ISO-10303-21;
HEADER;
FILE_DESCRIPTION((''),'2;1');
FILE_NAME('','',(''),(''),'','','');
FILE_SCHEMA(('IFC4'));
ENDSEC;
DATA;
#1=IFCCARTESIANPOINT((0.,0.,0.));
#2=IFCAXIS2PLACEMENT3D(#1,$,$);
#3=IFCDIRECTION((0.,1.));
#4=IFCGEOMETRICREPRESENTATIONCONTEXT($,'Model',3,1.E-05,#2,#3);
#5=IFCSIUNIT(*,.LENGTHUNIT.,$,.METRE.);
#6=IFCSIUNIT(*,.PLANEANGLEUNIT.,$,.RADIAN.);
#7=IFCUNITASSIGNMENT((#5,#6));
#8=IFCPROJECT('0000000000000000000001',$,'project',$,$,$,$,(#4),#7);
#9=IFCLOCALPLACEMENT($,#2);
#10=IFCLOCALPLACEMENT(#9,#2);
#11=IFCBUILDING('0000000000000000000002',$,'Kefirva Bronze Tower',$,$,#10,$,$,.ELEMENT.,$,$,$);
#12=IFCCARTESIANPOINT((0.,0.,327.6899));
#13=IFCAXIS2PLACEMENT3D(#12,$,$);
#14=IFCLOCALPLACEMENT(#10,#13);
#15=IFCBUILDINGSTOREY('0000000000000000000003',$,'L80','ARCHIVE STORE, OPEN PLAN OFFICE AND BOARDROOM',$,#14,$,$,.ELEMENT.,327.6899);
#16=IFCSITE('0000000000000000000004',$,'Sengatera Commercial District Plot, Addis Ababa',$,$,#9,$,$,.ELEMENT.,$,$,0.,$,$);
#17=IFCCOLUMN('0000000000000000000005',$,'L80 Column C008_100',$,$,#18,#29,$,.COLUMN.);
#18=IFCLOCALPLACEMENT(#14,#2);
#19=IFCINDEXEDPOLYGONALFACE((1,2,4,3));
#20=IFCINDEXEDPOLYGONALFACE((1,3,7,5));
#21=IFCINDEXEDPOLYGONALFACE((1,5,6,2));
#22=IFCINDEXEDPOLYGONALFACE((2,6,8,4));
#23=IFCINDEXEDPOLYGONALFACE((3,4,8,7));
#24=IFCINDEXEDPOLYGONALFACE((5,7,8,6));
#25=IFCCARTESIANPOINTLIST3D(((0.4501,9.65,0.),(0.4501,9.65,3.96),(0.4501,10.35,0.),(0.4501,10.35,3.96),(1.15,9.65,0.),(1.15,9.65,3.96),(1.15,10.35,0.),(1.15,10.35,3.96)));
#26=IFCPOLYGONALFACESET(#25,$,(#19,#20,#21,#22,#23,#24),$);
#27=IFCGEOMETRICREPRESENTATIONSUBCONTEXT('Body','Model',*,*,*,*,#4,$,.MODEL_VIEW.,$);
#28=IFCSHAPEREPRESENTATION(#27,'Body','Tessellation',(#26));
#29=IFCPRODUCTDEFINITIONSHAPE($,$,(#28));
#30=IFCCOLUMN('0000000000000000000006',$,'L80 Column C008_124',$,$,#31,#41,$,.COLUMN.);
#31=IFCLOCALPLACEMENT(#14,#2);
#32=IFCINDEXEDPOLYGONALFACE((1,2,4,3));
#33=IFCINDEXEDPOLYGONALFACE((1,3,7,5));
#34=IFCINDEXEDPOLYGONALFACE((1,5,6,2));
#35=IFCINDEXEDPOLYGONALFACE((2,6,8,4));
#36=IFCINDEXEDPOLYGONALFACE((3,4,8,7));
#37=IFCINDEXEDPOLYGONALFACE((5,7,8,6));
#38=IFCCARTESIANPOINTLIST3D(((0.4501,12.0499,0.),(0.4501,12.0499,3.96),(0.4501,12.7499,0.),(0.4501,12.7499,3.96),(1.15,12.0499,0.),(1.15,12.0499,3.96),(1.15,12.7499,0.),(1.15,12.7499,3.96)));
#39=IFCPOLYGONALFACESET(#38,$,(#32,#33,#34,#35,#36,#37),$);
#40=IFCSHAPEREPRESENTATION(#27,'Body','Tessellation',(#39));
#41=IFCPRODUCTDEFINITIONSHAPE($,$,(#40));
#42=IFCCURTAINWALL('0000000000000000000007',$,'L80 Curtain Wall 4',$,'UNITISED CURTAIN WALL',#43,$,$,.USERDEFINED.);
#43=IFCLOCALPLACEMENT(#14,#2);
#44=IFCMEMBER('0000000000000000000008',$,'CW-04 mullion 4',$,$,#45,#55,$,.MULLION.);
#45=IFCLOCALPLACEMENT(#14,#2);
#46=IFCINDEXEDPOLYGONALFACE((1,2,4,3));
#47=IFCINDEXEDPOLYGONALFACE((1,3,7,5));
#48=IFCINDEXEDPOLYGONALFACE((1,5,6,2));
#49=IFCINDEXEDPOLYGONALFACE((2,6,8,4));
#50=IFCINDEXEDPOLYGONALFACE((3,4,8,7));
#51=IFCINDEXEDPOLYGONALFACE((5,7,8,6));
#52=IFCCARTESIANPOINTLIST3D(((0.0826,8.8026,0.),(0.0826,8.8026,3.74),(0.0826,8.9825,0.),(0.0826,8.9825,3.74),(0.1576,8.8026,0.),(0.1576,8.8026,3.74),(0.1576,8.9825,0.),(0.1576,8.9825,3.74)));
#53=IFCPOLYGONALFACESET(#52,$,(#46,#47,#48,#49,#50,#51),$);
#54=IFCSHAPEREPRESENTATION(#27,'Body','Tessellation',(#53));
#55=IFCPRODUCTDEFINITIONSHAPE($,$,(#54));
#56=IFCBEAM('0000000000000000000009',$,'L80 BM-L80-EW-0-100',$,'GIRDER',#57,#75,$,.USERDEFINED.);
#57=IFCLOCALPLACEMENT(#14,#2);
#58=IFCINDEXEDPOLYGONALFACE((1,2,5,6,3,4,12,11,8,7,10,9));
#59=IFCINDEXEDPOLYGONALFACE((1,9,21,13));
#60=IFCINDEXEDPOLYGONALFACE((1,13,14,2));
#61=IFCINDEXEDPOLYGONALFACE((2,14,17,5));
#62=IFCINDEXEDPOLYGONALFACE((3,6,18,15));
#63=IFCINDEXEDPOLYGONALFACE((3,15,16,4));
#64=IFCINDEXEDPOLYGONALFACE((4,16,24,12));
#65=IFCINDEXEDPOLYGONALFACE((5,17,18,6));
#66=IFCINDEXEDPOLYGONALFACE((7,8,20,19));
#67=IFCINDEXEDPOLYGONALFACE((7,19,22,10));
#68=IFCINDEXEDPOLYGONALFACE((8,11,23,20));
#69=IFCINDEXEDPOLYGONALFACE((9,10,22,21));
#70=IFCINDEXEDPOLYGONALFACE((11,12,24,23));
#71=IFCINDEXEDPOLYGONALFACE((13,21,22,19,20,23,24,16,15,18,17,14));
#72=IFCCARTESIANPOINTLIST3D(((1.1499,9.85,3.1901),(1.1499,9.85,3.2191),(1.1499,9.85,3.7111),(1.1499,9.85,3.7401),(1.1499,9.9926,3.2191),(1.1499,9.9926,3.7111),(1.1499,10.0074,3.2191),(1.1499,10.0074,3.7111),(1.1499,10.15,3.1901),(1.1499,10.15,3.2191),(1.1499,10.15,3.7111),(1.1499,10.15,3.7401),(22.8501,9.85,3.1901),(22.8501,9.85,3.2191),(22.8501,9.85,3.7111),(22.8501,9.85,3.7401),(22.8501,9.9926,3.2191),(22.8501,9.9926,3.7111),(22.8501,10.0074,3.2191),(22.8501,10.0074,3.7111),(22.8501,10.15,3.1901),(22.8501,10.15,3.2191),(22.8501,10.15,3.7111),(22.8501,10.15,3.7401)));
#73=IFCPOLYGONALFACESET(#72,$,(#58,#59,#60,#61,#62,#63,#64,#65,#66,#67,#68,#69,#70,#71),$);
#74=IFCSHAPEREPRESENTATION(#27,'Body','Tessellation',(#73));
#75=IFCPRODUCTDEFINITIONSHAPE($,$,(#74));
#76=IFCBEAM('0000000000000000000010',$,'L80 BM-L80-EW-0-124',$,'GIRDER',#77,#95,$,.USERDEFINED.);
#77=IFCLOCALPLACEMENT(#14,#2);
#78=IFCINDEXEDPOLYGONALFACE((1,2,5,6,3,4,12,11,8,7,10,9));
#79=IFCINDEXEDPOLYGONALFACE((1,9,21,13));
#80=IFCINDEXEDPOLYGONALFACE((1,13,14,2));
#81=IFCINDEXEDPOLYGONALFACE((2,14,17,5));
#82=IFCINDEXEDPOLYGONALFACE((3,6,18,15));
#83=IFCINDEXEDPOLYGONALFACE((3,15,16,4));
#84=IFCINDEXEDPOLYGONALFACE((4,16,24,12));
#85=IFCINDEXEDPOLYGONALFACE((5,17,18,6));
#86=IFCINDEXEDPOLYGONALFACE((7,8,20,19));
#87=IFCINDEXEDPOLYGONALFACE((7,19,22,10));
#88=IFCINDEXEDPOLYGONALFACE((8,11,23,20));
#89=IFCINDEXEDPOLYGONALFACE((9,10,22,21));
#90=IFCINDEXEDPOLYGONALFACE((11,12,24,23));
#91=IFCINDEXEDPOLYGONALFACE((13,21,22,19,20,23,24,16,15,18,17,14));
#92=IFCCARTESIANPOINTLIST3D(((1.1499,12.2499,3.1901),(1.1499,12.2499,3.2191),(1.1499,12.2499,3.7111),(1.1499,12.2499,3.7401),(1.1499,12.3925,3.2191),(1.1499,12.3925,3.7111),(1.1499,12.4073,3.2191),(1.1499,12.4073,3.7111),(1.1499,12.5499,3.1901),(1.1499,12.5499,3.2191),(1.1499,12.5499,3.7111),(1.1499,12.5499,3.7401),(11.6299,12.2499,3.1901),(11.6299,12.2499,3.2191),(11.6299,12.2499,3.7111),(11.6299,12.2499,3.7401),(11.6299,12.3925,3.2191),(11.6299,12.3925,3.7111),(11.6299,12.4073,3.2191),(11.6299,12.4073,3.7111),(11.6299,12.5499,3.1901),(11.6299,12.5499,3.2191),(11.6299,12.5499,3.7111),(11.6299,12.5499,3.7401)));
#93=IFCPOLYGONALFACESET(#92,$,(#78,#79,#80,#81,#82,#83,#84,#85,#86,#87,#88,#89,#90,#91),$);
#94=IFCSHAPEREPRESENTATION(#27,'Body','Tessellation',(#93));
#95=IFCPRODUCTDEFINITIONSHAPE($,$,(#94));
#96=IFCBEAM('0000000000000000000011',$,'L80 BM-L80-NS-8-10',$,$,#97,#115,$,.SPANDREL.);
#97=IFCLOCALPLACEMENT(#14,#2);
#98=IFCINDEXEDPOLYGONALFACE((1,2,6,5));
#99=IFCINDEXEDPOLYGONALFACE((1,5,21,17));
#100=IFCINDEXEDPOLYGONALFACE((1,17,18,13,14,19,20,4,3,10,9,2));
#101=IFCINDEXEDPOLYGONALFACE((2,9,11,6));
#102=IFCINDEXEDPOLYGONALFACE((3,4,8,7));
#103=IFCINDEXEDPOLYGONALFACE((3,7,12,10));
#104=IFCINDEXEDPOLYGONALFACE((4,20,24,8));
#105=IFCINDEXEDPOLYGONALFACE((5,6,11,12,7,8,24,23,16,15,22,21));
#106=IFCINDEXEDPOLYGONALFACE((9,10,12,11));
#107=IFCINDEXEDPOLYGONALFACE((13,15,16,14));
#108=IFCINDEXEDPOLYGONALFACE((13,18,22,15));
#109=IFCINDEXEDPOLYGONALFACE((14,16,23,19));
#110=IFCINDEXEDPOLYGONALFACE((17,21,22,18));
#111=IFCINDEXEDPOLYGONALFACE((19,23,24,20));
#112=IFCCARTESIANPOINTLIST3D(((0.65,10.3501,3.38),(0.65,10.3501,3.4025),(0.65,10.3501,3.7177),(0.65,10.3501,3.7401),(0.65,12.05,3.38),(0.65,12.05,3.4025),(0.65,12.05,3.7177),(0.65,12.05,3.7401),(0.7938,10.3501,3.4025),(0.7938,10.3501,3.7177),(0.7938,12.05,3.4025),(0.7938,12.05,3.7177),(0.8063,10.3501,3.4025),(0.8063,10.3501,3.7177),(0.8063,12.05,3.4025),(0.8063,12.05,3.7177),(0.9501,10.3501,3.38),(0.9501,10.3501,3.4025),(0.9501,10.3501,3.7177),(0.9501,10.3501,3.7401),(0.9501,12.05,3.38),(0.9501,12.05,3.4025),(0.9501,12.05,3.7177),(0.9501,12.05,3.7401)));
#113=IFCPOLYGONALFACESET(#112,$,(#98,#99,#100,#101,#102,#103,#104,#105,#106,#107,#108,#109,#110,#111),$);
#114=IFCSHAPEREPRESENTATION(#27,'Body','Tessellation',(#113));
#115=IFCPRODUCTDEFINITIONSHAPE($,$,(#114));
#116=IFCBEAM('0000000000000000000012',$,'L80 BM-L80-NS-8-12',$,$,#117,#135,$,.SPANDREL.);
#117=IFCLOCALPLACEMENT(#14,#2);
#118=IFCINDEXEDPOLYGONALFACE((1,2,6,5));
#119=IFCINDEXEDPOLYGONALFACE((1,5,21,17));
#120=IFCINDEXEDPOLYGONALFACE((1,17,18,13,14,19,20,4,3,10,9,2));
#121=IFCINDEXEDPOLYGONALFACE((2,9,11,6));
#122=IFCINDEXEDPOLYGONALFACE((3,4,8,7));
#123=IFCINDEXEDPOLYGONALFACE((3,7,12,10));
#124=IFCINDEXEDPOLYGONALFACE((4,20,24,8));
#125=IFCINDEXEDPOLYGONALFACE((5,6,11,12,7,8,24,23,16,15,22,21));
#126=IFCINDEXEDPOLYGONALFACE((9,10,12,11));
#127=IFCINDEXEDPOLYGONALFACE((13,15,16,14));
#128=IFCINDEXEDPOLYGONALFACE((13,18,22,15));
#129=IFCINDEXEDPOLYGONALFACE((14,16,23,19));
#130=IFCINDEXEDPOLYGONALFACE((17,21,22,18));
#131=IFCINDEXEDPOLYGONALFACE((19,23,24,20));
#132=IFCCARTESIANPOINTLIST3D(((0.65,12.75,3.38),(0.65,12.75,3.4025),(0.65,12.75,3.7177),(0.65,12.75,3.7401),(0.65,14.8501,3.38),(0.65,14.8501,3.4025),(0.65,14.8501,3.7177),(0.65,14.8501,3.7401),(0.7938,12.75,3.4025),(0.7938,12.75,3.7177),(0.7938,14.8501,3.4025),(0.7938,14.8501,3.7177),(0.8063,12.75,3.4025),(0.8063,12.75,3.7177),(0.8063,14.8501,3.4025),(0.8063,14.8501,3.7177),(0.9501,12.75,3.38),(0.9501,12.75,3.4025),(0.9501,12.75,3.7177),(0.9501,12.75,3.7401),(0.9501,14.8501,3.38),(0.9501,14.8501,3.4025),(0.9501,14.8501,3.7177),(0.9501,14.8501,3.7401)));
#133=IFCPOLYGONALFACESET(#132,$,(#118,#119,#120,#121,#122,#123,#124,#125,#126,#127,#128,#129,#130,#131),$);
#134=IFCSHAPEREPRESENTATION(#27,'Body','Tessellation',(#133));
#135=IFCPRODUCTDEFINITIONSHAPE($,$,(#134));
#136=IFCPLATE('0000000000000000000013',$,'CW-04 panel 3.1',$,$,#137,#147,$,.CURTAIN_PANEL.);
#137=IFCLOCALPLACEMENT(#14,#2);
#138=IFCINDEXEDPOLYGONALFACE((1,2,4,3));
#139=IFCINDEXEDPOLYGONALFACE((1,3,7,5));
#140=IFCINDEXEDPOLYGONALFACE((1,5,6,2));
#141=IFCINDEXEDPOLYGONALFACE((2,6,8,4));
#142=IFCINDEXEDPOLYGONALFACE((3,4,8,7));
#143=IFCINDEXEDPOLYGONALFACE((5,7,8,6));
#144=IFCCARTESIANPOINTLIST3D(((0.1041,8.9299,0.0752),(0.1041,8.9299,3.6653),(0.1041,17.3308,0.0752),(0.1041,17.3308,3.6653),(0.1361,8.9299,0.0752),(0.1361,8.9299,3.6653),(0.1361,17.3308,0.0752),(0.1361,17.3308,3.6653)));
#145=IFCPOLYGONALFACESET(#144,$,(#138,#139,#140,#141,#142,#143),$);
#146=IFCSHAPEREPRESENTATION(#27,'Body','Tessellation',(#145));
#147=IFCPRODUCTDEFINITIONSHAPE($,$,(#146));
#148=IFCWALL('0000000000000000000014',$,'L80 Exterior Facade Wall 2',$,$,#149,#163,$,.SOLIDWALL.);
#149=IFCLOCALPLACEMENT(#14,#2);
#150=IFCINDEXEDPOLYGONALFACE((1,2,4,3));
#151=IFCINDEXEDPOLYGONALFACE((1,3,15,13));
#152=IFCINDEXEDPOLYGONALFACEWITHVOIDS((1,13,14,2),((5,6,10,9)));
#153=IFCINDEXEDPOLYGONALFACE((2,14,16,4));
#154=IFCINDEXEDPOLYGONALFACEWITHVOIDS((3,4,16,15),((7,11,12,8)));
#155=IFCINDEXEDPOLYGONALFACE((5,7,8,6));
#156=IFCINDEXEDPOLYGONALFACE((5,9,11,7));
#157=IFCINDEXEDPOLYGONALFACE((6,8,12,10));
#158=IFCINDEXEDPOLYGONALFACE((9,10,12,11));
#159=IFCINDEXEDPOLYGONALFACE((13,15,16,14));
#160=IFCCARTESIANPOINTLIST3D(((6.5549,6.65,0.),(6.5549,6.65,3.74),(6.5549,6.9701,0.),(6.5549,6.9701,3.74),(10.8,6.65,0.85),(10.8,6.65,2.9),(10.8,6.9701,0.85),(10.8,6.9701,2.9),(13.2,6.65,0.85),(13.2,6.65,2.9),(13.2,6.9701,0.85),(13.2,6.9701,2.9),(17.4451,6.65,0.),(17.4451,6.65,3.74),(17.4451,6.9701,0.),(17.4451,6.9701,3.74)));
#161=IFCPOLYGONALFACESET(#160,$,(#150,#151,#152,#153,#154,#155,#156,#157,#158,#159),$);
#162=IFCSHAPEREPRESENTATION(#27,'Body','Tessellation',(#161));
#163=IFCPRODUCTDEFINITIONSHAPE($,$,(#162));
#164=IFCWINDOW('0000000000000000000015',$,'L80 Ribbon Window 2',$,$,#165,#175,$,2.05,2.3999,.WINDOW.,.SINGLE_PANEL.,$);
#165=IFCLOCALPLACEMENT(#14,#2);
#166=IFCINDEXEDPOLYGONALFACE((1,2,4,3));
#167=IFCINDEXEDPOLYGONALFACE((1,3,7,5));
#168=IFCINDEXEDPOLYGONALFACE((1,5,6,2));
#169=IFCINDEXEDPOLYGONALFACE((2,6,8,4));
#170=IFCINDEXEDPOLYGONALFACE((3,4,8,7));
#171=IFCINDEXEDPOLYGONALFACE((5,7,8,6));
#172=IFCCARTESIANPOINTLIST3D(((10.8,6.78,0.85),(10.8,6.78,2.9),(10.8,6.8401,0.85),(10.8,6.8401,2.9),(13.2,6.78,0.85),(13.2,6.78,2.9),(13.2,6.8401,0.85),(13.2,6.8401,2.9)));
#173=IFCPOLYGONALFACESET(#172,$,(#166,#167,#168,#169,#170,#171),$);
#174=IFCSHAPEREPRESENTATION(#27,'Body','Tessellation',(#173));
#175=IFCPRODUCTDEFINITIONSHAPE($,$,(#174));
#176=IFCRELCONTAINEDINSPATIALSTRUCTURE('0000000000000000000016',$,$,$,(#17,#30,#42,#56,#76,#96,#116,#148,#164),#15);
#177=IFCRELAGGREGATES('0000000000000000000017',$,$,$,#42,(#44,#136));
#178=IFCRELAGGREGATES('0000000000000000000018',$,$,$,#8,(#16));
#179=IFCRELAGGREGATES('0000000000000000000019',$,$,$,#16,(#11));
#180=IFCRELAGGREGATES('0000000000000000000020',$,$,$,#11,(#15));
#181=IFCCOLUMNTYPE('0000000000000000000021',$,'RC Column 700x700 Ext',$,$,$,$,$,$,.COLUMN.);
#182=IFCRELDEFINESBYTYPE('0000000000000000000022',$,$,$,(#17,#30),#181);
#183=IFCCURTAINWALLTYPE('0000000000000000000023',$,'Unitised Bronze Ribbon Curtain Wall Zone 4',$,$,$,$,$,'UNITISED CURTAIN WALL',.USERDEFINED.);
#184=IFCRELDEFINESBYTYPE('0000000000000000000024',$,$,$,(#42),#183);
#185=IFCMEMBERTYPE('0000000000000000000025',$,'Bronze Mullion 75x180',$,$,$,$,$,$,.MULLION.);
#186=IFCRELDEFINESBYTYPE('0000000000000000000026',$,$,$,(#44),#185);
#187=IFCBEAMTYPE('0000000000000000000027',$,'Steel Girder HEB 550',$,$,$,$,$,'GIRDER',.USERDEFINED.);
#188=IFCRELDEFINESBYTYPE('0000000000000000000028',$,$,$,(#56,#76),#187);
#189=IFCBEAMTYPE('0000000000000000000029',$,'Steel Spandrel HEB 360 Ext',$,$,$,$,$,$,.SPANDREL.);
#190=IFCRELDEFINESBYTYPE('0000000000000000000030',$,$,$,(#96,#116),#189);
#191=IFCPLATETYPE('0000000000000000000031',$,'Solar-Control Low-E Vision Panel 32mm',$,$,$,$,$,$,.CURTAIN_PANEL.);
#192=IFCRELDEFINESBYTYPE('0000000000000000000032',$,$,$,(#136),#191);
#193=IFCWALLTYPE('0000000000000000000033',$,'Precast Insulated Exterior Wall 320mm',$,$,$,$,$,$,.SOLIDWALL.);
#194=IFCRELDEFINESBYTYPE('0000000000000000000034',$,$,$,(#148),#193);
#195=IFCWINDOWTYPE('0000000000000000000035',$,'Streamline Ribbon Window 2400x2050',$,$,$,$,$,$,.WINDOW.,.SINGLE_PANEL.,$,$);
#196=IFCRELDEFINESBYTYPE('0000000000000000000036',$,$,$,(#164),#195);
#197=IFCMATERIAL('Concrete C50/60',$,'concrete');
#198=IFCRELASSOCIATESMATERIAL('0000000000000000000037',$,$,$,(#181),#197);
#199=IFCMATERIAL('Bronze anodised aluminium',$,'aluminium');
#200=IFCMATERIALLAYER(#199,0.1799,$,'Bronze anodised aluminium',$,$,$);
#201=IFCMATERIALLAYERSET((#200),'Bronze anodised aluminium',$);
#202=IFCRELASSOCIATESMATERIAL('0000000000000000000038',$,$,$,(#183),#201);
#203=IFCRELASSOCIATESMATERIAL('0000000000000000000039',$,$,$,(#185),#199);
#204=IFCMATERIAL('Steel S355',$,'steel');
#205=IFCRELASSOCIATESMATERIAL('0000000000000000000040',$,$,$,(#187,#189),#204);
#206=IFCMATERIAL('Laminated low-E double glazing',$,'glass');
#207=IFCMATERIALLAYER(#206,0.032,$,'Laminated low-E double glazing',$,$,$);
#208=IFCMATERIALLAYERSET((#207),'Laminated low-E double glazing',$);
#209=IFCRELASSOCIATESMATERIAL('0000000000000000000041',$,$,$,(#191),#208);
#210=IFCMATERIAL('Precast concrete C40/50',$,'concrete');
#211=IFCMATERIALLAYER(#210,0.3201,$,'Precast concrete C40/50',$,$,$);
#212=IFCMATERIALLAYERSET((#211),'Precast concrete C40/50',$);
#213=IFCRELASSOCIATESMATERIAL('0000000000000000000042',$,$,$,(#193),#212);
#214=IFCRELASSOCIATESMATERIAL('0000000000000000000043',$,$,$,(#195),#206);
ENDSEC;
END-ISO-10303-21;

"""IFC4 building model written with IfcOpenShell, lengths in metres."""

from ifc_helpers import new_model, si_unit, direction, frame, frame_2d, origin, origin_2d, place, context, subcontext, project, spatial, rectangle, i_section, extrude, material, layer, layer_set, material_profile, profile_set, type_object, element, fill, aggregate, save


model = new_model("IFC4")

# Units and contexts
model_context = context("Model", 3, precision=1e-05, world=origin(), true_north=direction((0.0, 1.0)))
body_context = subcontext(model_context, "Body", "Model", "MODEL_VIEW")
ifc_project = project(units=[si_unit("LENGTHUNIT", "METRE"), si_unit("PLANEANGLEUNIT", "RADIAN")], contexts=[model_context])

# Site, building, storey
site_placement = place(None, origin())
site = spatial("IfcSite", under=ifc_project, at=site_placement, Name="Sengatera Commercial District Plot, Addis Ababa", CompositionType="ELEMENT", RefElevation=0.0)
building_placement = place(site_placement, origin())
building = spatial("IfcBuilding", under=site, at=building_placement, Name="Kefirva Bronze Tower", CompositionType="ELEMENT")
storey_placement = place(building_placement, frame((0.0, 0.0, 327.6899)))
storey = spatial("IfcBuildingStorey", under=building, at=storey_placement, Name="L80", Description="ARCHIVE STORE, OPEN PLAN OFFICE AND BOARDROOM", CompositionType="ELEMENT", Elevation=327.6899)

# Columns
ifc_material_1 = material(Name="Concrete C50/60", Category="concrete")
ifc_material_profile_1 = material_profile(ifc_material_1, rectangle(XDim=0.7, YDim=0.7, at=origin_2d()), Name="RC 700x700")
ifc_profile_set_1 = profile_set([ifc_material_profile_1], Name="Concrete C50/60")
column_type = type_object("IfcColumnType", Name="RC Column 700x700 Ext", PredefinedType="COLUMN", material=ifc_profile_set_1)
for number, where, z_axis, x_axis, name in (
    (1, (0.8, 10.0, 0.0), (0.0, 0.0, 1.0), (1.0, 0.0, 0.0), "L80 Column C008_100"),
    (2, (0.8, 12.3999, 0.0), (0.0, 0.0, 1.0), (1.0, 0.0, 0.0), "L80 Column C008_124"),
):
    element("IfcColumn", number, at=place(storey_placement, frame(where, z_axis=z_axis, x_axis=x_axis)), inside=storey, type_object=column_type, Name=name, PredefinedType="COLUMN", context=body_context, shape_type="SweptSolid", body=[
        extrude(rectangle(XDim=0.7, YDim=0.7, at=origin_2d()), origin(), (0.0, 0.0, 1.0), 3.96),
    ])

# Curtain wall, member
ifc_material_2 = material(Name="Bronze anodised aluminium", Category="aluminium")
ifc_layer_1 = layer(ifc_material_2, 0.1799, Name="Bronze anodised aluminium")
ifc_layer_set_1 = layer_set([ifc_layer_1], Name="Bronze anodised aluminium")
curtain_wall_type = type_object("IfcCurtainWallType", Name="Unitised Bronze Ribbon Curtain Wall Zone 4", ElementType="UNITISED CURTAIN WALL", PredefinedType="USERDEFINED", material=ifc_layer_set_1)
curtain_wall_placement = place(storey_placement, origin())
curtain_wall = element("IfcCurtainWall", 3, at=curtain_wall_placement, inside=storey, type_object=curtain_wall_type, Name="L80 Curtain Wall 4", ObjectType="UNITISED CURTAIN WALL", PredefinedType="USERDEFINED")
ifc_material_profile_2 = material_profile(ifc_material_2, rectangle(XDim=0.075, YDim=0.1799, at=origin_2d()), Name="ALU 75x180")
ifc_profile_set_2 = profile_set([ifc_material_profile_2], Name="Bronze anodised aluminium")
member_type = type_object("IfcMemberType", Name="Bronze Mullion 75x180", PredefinedType="MULLION", material=ifc_profile_set_2)
member_placement = place(storey_placement, frame((0.1201, 8.8926, 0.0), z_axis=(0.0, 0.0, 1.0), x_axis=(1.0, 0.0, 0.0)))
member = element("IfcMember", 4, at=member_placement, type_object=member_type, Name="CW-04 mullion 4", PredefinedType="MULLION", context=body_context, shape_type="SweptSolid", body=[
    extrude(rectangle(XDim=0.075, YDim=0.1799, at=origin_2d()), origin(), (0.0, 0.0, 1.0), 3.74),
])

# Beams
ifc_material_3 = material(Name="Steel S355", Category="steel")
ifc_material_profile_3 = material_profile(ifc_material_3, i_section(OverallWidth=0.3, OverallDepth=0.55, WebThickness=0.0149, FlangeThickness=0.0291, at=origin_2d()), Name="HEB 550")
ifc_profile_set_3 = profile_set([ifc_material_profile_3], Name="Steel S355")
beam_type_1 = type_object("IfcBeamType", Name="Steel Girder HEB 550", ElementType="GIRDER", PredefinedType="USERDEFINED", material=ifc_profile_set_3)
beam_1_placement = place(storey_placement, frame((1.1499, 10.0, 3.4651), z_axis=(1.0, 0.0, 0.0), x_axis=(0.0, 1.0, 0.0)))
element("IfcBeam", 5, at=beam_1_placement, inside=storey, type_object=beam_type_1, Name="L80 BM-L80-EW-0-100", ObjectType="GIRDER", PredefinedType="USERDEFINED", context=body_context, shape_type="SweptSolid", body=[
    extrude(i_section(OverallWidth=0.3, OverallDepth=0.55, WebThickness=0.0149, FlangeThickness=0.0291, at=origin_2d()), origin(), (0.0, 0.0, 1.0), 21.7002),
])
beam_2_placement = place(storey_placement, frame((1.1499, 12.3999, 3.4651), z_axis=(1.0, 0.0, 0.0), x_axis=(0.0, 1.0, 0.0)))
element("IfcBeam", 6, at=beam_2_placement, inside=storey, type_object=beam_type_1, Name="L80 BM-L80-EW-0-124", ObjectType="GIRDER", PredefinedType="USERDEFINED", context=body_context, shape_type="SweptSolid", body=[
    extrude(i_section(OverallWidth=0.3, OverallDepth=0.55, WebThickness=0.0149, FlangeThickness=0.0291, at=origin_2d()), origin(), (0.0, 0.0, 1.0), 10.48),
])
ifc_material_profile_4 = material_profile(ifc_material_3, i_section(OverallWidth=0.3, OverallDepth=0.3601, WebThickness=0.0125, FlangeThickness=0.0225, at=origin_2d()), Name="HEB 360")
ifc_profile_set_4 = profile_set([ifc_material_profile_4], Name="Steel S355")
beam_type_2 = type_object("IfcBeamType", Name="Steel Spandrel HEB 360 Ext", PredefinedType="SPANDREL", material=ifc_profile_set_4)
beam_3_placement = place(storey_placement, frame((0.8, 10.3501, 3.5601), z_axis=(0.0, 1.0, 0.0), x_axis=(-1.0, 0.0, 0.0)))
element("IfcBeam", 7, at=beam_3_placement, inside=storey, type_object=beam_type_2, Name="L80 BM-L80-NS-8-10", PredefinedType="SPANDREL", context=body_context, shape_type="SweptSolid", body=[
    extrude(i_section(OverallWidth=0.3, OverallDepth=0.3601, WebThickness=0.0125, FlangeThickness=0.0225, at=origin_2d()), origin(), (0.0, 0.0, 1.0), 1.7),
])
beam_4_placement = place(storey_placement, frame((0.8, 12.75, 3.5601), z_axis=(0.0, 1.0, 0.0), x_axis=(-1.0, 0.0, 0.0)))
element("IfcBeam", 8, at=beam_4_placement, inside=storey, type_object=beam_type_2, Name="L80 BM-L80-NS-8-12", PredefinedType="SPANDREL", context=body_context, shape_type="SweptSolid", body=[
    extrude(i_section(OverallWidth=0.3, OverallDepth=0.3601, WebThickness=0.0125, FlangeThickness=0.0225, at=origin_2d()), origin(), (0.0, 0.0, 1.0), 2.1001),
])

# Plate
ifc_material_4 = material(Name="Laminated low-E double glazing", Category="glass")
ifc_layer_2 = layer(ifc_material_4, 0.032, Name="Laminated low-E double glazing")
ifc_layer_set_2 = layer_set([ifc_layer_2], Name="Laminated low-E double glazing")
plate_type = type_object("IfcPlateType", Name="Solar-Control Low-E Vision Panel 32mm", PredefinedType="CURTAIN_PANEL", material=ifc_layer_set_2)
plate_placement = place(storey_placement, frame((0.1201, 13.1304, 0.0752), z_axis=(0.0, 0.0, 1.0), x_axis=(0.0, -1.0, 0.0)))
plate = element("IfcPlate", 9, at=plate_placement, type_object=plate_type, Name="CW-04 panel 3.1", PredefinedType="CURTAIN_PANEL", context=body_context, shape_type="SweptSolid", body=[
    extrude(rectangle(XDim=8.4009, YDim=0.032, at=origin_2d()), origin(), (0.0, 0.0, 1.0), 3.5901),
])
aggregate(curtain_wall, [member, plate])

# Wall, opening, window
ifc_material_5 = material(Name="Precast concrete C40/50", Category="concrete")
ifc_layer_3 = layer(ifc_material_5, 0.3201, Name="Precast concrete C40/50")
ifc_layer_set_3 = layer_set([ifc_layer_3], Name="Precast concrete C40/50")
wall_type = type_object("IfcWallType", Name="Precast Insulated Exterior Wall 320mm", PredefinedType="SOLIDWALL", material=ifc_layer_set_3)
wall_1_placement = place(storey_placement, frame((6.5549, 6.8101, 0.0), z_axis=(0.0, 0.0, 1.0), x_axis=(1.0, 0.0, 0.0)))
wall_1 = element("IfcWall", 10, at=wall_1_placement, inside=storey, type_object=wall_type, Name="L80 Exterior Facade Wall 2", PredefinedType="SOLIDWALL", context=body_context, shape_type="SweptSolid", body=[
    extrude(rectangle(XDim=10.8901, YDim=0.3201, at=frame_2d((5.4451, 0.0))), origin(), (0.0, 0.0, 1.0), 3.74),
])
opening_placement = place(wall_1_placement, frame((4.2451, 0.0, 0.8501)))
opening = element("IfcOpeningElement", 11, at=opening_placement, cuts=wall_1, PredefinedType="OPENING", context=body_context, shape_type="SweptSolid", body=[
    extrude(rectangle(XDim=2.3999, YDim=2.05, at=frame_2d((1.2, 1.0249))), frame((0.0, 0.1699, 0.0), z_axis=(0.0, -1.0, 0.0), x_axis=(1.0, 0.0, 0.0)), (0.0, 0.0, 1.0), 0.3401),
])
window_type = type_object("IfcWindowType", Name="Streamline Ribbon Window 2400x2050", PartitioningType="SINGLE_PANEL", PredefinedType="WINDOW", material=ifc_material_4)
window_placement = place(opening_placement, origin())
window = element("IfcWindow", 12, at=window_placement, inside=storey, type_object=window_type, Name="L80 Ribbon Window 2", OverallHeight=2.05, OverallWidth=2.3999, PartitioningType="SINGLE_PANEL", PredefinedType="WINDOW", context=body_context, shape_type="SweptSolid", body=[
    extrude(rectangle(XDim=2.3999, YDim=2.05, at=frame_2d((1.2, 1.0249))), frame((0.0, 0.03, 0.0), z_axis=(0.0, -1.0, 0.0), x_axis=(1.0, 0.0, 0.0)), (0.0, 0.0, 1.0), 0.0601),
])
fill(opening, window)

save(model, "model.ifc")
